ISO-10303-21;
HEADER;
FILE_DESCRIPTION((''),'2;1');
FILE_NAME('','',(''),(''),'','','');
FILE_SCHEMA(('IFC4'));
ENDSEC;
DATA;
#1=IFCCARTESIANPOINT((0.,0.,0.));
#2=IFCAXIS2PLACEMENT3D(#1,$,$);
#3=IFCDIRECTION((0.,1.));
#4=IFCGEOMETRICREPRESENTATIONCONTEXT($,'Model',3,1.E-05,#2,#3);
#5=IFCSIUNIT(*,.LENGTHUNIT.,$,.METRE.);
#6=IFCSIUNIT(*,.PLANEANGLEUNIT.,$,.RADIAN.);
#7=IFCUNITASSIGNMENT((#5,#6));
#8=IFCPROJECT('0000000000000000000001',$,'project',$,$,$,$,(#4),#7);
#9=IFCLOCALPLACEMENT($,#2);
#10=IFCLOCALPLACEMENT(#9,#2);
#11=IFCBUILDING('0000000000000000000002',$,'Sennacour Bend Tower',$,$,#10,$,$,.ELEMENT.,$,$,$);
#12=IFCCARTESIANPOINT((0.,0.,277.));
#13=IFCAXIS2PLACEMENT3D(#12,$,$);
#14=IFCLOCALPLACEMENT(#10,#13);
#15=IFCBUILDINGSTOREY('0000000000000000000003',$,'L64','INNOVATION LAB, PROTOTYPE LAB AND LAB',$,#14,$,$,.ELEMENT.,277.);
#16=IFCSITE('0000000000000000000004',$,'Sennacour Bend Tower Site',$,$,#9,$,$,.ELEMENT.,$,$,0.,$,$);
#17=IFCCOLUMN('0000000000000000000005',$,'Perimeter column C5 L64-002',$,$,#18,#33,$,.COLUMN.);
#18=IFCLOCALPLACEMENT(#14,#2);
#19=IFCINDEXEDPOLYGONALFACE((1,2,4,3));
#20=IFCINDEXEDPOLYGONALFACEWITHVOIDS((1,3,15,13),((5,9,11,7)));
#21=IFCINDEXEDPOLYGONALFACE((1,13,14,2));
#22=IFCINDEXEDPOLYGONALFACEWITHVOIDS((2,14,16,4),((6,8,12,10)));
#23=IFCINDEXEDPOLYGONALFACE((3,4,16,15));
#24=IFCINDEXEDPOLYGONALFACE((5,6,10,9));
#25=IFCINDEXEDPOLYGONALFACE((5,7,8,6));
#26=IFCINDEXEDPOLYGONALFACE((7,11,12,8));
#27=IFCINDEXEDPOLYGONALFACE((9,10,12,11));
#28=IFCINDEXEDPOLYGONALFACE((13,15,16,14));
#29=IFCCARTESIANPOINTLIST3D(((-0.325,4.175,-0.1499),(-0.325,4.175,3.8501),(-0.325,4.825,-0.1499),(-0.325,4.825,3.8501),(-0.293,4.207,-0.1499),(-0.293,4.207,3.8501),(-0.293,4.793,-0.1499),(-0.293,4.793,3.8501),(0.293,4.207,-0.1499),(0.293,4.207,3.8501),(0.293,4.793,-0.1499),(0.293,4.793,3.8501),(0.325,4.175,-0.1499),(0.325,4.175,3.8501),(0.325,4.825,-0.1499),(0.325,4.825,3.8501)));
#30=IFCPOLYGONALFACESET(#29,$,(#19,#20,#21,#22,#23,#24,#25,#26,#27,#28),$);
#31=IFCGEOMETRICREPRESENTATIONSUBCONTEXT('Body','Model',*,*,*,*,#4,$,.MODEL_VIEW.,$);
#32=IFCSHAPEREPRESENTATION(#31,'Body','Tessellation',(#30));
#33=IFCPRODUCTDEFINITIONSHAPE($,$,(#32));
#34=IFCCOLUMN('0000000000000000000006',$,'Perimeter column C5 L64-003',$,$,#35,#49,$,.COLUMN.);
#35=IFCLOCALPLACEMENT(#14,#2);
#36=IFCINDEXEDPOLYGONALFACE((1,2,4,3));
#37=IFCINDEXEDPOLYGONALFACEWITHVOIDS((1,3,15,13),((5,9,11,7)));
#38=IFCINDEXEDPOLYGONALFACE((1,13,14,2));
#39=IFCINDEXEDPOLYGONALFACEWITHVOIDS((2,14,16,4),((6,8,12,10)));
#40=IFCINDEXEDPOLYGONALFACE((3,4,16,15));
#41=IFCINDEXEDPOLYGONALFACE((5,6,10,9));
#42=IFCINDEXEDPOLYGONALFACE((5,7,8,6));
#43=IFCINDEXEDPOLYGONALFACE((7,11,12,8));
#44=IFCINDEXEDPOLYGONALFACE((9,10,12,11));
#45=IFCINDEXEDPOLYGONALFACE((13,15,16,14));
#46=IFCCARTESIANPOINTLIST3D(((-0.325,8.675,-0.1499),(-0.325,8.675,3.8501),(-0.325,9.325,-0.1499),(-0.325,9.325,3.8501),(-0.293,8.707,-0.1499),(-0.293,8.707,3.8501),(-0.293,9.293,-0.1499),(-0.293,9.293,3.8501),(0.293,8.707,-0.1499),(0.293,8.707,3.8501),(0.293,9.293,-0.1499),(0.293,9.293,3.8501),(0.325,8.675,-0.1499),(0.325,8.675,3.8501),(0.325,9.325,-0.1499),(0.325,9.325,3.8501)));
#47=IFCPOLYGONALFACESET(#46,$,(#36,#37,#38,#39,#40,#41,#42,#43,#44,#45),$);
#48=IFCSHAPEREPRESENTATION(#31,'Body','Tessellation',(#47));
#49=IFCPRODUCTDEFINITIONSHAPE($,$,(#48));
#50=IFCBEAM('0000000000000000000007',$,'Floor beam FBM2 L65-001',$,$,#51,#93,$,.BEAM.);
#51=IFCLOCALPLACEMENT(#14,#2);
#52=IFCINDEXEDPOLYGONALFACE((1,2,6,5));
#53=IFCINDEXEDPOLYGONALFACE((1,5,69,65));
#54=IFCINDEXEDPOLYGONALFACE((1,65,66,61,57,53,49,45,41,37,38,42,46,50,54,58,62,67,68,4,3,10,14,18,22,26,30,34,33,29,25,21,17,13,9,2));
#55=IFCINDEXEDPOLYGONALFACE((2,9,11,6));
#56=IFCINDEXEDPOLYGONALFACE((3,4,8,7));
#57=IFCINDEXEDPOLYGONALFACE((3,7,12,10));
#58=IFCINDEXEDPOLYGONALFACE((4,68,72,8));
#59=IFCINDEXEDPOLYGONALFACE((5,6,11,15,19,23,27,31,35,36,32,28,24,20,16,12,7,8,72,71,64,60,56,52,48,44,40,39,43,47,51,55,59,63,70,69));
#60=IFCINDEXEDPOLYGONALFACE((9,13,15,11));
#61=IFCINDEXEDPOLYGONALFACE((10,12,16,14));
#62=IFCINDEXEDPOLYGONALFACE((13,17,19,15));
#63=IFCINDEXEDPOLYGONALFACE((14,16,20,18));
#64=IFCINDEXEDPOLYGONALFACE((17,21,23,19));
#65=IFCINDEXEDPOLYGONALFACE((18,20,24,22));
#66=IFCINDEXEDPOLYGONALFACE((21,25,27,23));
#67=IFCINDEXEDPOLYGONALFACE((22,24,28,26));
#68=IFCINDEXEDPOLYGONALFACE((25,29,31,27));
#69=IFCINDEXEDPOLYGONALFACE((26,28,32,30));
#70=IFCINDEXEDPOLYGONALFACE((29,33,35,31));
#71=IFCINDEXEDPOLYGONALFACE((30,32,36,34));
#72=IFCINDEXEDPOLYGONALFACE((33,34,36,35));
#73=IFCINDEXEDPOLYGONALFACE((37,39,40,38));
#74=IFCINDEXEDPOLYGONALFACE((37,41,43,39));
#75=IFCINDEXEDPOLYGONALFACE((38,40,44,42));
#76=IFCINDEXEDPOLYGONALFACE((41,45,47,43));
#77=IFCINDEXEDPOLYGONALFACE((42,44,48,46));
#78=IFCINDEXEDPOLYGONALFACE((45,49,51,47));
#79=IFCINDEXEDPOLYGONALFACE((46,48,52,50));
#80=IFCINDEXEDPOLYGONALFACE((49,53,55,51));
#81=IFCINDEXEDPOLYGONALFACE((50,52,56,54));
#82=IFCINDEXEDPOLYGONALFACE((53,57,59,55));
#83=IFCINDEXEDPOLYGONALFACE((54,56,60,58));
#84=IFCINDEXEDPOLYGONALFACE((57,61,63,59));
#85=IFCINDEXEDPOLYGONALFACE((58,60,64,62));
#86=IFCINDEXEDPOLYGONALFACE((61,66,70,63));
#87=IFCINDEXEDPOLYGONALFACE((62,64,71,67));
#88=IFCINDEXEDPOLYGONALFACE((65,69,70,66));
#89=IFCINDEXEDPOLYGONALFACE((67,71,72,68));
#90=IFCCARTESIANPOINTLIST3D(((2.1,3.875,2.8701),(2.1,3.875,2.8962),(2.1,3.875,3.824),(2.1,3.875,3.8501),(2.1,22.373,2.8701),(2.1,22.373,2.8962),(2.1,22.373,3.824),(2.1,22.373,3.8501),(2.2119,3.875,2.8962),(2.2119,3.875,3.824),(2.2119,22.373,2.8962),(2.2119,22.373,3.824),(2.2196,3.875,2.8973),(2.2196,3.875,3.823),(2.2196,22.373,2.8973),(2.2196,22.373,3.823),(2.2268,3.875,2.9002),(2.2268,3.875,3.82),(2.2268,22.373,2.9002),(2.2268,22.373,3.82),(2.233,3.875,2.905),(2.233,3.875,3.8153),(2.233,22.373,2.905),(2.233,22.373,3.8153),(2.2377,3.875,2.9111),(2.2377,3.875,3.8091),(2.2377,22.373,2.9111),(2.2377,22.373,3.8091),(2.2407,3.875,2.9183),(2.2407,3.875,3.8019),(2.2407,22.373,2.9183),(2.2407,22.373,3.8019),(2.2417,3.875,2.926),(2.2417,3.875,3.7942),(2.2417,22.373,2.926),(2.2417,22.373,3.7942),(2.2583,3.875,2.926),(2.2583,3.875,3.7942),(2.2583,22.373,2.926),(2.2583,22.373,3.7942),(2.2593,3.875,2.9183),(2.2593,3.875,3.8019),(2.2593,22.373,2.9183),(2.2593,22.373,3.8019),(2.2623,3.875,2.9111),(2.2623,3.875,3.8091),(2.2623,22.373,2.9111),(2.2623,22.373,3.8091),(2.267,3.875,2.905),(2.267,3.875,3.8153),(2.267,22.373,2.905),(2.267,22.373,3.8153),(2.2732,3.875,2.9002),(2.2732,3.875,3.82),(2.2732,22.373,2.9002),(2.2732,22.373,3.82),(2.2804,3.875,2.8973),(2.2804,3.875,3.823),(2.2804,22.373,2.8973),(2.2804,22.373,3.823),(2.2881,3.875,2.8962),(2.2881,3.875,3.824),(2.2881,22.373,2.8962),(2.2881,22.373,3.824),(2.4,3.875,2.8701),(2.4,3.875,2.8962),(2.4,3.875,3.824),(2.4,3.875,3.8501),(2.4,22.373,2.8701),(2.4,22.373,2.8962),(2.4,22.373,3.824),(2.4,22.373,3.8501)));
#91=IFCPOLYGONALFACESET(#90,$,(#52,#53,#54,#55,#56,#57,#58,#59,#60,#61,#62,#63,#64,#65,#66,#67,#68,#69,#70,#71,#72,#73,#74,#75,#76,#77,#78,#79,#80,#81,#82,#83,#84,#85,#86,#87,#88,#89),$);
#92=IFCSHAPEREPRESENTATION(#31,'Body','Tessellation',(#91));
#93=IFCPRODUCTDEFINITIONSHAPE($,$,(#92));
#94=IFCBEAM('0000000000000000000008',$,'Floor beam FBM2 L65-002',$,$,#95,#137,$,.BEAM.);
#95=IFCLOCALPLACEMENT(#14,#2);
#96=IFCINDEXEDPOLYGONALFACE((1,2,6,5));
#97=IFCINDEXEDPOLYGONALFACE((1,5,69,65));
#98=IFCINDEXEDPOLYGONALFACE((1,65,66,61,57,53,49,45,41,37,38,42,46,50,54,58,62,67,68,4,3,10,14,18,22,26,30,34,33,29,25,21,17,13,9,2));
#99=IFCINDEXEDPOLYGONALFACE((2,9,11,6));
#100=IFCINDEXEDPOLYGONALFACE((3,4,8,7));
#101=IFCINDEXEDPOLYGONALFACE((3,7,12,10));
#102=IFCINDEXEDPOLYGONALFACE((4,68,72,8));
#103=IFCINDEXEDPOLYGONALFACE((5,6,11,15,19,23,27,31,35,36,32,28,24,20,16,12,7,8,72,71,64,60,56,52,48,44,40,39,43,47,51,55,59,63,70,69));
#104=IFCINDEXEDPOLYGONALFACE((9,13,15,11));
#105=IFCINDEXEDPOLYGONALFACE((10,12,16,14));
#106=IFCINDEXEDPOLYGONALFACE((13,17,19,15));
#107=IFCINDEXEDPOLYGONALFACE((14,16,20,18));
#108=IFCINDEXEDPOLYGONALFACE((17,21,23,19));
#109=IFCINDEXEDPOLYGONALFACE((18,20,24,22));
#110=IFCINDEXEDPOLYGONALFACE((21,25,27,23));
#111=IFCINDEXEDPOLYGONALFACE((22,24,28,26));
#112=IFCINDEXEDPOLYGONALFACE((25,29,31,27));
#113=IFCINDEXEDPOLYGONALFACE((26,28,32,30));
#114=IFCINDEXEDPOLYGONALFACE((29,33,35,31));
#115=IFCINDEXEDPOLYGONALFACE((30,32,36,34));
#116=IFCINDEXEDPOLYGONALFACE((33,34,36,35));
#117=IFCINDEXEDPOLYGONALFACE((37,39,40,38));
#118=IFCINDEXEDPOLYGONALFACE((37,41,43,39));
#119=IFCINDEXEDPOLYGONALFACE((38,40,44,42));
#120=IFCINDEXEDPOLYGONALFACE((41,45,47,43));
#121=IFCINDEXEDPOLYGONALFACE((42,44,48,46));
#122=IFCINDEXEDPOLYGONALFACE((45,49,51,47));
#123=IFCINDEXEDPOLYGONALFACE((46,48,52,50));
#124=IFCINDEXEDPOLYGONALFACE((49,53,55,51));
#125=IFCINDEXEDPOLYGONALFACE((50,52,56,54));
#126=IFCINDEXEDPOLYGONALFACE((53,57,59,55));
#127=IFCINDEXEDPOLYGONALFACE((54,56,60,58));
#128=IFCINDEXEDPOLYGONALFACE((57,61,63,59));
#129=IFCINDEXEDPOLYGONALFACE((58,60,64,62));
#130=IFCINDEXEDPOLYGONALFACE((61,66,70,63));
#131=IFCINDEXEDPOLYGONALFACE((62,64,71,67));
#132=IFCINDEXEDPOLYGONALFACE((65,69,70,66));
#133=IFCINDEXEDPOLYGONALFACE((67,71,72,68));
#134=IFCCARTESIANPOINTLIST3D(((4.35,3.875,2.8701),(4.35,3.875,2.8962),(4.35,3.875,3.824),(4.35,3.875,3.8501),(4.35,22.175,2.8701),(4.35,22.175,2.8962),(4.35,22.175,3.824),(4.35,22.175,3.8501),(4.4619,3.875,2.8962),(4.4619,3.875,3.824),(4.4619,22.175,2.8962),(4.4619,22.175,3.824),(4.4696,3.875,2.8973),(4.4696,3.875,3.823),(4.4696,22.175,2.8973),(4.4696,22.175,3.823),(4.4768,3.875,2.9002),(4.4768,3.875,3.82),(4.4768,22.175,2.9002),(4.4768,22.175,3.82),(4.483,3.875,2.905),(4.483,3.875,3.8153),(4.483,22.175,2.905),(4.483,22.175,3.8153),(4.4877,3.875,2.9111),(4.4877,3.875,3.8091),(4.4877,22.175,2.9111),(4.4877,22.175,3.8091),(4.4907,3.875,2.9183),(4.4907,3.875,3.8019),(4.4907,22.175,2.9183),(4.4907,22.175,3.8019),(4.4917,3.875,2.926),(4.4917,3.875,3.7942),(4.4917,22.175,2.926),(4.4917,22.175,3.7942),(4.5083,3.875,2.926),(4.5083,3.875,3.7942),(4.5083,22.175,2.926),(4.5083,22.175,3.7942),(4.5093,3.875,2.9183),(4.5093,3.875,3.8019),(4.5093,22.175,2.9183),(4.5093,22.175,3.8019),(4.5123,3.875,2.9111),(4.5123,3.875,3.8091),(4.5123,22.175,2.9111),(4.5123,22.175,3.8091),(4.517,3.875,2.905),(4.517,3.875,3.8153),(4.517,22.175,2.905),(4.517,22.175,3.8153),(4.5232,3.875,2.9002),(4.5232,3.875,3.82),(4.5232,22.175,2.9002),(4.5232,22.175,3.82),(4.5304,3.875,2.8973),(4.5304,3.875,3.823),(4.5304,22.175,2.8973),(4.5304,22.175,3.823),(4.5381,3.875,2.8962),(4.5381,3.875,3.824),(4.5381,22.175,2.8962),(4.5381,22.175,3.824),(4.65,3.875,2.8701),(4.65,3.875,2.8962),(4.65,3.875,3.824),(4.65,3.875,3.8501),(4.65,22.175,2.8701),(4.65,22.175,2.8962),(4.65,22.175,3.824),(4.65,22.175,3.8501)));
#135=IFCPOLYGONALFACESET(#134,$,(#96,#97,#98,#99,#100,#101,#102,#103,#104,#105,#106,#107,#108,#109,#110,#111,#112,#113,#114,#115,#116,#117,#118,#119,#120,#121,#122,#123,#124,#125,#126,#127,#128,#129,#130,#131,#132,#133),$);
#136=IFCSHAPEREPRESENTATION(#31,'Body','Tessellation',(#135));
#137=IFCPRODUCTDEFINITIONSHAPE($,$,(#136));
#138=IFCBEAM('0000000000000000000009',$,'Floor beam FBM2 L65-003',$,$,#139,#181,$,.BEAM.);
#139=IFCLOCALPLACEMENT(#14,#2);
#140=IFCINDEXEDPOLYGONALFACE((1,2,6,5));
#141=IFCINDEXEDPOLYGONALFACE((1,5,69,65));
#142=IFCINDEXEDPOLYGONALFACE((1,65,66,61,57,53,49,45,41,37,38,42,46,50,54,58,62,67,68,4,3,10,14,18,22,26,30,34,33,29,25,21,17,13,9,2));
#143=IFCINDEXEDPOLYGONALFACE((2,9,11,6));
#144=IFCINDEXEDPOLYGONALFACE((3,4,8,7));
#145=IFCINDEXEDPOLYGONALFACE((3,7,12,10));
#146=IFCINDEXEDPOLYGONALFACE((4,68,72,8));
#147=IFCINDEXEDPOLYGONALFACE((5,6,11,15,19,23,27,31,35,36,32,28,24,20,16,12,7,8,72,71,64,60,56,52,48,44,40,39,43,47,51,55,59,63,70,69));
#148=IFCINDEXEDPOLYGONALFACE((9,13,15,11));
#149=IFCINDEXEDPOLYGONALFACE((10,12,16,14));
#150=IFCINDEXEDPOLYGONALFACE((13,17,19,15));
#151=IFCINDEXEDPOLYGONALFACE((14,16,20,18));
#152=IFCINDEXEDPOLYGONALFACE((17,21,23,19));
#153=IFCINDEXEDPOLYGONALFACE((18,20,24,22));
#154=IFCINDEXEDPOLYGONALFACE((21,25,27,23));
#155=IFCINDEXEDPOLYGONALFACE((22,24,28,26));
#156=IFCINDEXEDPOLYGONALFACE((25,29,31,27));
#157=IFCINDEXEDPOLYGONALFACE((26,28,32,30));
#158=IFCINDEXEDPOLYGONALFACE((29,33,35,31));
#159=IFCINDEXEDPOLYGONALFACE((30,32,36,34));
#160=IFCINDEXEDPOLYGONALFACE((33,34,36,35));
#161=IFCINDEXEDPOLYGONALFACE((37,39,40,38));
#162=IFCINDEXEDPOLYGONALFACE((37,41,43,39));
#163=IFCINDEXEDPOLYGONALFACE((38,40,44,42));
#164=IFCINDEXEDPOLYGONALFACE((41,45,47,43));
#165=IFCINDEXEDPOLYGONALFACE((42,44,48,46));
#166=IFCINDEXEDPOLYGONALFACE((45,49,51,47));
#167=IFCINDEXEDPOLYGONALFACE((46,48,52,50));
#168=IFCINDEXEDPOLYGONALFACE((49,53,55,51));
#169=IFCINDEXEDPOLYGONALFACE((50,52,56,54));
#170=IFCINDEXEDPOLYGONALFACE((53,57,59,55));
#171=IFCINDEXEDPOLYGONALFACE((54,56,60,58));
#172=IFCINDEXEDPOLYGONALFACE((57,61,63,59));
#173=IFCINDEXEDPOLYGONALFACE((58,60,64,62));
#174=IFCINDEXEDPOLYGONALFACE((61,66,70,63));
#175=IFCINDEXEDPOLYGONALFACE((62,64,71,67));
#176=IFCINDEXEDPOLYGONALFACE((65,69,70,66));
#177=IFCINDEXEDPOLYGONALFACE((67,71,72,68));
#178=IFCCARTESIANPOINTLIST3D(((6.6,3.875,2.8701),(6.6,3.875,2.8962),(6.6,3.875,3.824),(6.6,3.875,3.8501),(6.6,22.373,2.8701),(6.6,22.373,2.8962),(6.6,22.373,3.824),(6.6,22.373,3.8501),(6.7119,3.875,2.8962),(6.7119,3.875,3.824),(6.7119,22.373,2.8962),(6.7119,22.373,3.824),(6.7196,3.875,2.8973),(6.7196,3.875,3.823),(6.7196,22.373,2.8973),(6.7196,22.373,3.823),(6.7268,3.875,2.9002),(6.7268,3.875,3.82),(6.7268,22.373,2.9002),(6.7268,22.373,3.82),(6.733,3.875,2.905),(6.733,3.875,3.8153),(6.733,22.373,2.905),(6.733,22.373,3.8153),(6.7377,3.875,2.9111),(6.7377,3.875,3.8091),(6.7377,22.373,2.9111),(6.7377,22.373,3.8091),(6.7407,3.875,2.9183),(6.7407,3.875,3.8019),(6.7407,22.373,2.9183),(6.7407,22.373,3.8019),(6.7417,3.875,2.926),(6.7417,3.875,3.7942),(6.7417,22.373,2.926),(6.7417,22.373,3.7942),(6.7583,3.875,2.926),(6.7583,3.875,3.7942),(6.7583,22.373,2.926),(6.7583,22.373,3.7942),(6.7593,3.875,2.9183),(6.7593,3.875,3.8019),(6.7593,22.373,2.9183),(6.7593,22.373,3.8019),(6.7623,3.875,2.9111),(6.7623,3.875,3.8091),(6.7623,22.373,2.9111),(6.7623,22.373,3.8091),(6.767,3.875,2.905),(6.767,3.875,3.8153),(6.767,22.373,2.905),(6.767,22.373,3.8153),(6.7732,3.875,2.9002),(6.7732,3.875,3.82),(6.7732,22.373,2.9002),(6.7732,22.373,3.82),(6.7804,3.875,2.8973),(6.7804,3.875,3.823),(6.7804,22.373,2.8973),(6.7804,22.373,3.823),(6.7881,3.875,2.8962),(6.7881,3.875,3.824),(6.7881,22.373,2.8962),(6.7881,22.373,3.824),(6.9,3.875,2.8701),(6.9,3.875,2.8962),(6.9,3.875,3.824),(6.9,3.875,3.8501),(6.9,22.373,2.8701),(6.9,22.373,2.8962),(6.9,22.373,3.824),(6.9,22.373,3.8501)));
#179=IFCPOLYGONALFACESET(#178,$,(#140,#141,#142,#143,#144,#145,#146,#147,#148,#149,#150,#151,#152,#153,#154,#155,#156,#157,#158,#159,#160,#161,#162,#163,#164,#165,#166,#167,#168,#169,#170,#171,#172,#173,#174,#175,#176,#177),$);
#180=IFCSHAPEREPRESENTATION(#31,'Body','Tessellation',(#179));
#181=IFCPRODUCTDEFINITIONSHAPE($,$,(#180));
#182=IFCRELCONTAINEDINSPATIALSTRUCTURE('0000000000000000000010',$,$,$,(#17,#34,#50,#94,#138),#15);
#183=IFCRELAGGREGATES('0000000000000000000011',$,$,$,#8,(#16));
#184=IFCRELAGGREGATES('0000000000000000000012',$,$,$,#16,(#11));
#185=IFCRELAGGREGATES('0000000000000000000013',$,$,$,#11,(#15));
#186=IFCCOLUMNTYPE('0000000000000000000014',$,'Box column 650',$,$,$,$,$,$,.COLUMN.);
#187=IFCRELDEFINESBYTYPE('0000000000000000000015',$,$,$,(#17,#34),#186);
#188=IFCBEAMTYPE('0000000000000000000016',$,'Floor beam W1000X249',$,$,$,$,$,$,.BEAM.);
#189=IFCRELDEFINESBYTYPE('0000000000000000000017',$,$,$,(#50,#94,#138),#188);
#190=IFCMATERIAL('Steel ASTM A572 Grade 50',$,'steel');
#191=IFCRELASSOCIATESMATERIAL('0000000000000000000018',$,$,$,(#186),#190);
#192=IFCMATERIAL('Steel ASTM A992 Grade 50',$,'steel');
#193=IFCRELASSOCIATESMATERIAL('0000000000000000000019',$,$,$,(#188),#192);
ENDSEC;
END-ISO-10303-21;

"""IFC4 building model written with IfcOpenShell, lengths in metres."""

from ifc_helpers import new_model, si_unit, direction, frame, origin, origin_2d, place, context, subcontext, project, spatial, hollow_rectangle, i_section, extrude, material, material_profile, profile_set, type_object, element, save


model = new_model("IFC4")

# Units and contexts
model_context = context("Model", 3, precision=1e-05, world=origin(), true_north=direction((0.0, 1.0)))
body_context = subcontext(model_context, "Body", "Model", "MODEL_VIEW")
ifc_project = project(units=[si_unit("LENGTHUNIT", "METRE"), si_unit("PLANEANGLEUNIT", "RADIAN")], contexts=[model_context])

# Site, building, storey
site_placement = place(None, origin())
site = spatial("IfcSite", under=ifc_project, at=site_placement, Name="Sennacour Bend Tower Site", CompositionType="ELEMENT", RefElevation=0.0)
building_placement = place(site_placement, origin())
building = spatial("IfcBuilding", under=site, at=building_placement, Name="Sennacour Bend Tower", CompositionType="ELEMENT")
storey_placement = place(building_placement, frame((0.0, 0.0, 277.0)))
storey = spatial("IfcBuildingStorey", under=building, at=storey_placement, Name="L64", Description="INNOVATION LAB, PROTOTYPE LAB AND LAB", CompositionType="ELEMENT", Elevation=277.0)

# Columns
ifc_material_1 = material(Name="Steel ASTM A572 Grade 50", Category="steel")
ifc_material_profile_1 = material_profile(ifc_material_1, hollow_rectangle(XDim=0.6499, YDim=0.6499, WallThickness=0.032, at=origin_2d()), Name="Steel ASTM A572 Grade 50", Category="steel")
ifc_profile_set_1 = profile_set([ifc_material_profile_1], Name="Steel ASTM A572 Grade 50")
column_type = type_object("IfcColumnType", Name="Box column 650", PredefinedType="COLUMN", material=ifc_profile_set_1)
for number, where, z_axis, x_axis, name in (
    (1, (0.0, 4.5, -0.1499), (0.0, 0.0, 1.0), (1.0, 0.0, 0.0), "Perimeter column C5 L64-002"),
    (2, (0.0, 9.0, -0.1499), (0.0, 0.0, 1.0), (1.0, 0.0, 0.0), "Perimeter column C5 L64-003"),
):
    element("IfcColumn", number, at=place(storey_placement, frame(where, z_axis=z_axis, x_axis=x_axis)), inside=storey, type_object=column_type, Name=name, PredefinedType="COLUMN", context=body_context, shape_type="SweptSolid", body=[
        extrude(hollow_rectangle(XDim=0.6499, YDim=0.6499, WallThickness=0.032, at=origin_2d()), origin(), (0.0, 0.0, 1.0), 4.0),
    ])

# Beams
ifc_material_2 = material(Name="Steel ASTM A992 Grade 50", Category="steel")
ifc_material_profile_2 = material_profile(ifc_material_2, i_section(OverallWidth=0.3, OverallDepth=0.98, WebThickness=0.0166, FlangeThickness=0.0261, FilletRadius=0.0298, at=origin_2d()), Name="Steel ASTM A992 Grade 50", Category="steel")
ifc_profile_set_2 = profile_set([ifc_material_profile_2], Name="Steel ASTM A992 Grade 50")
beam_type_1 = type_object("IfcBeamType", Name="Floor beam W1000X249", PredefinedType="BEAM", material=ifc_profile_set_2)
beam_1_placement = place(storey_placement, frame((2.25, 3.875, 3.3601), z_axis=(0.0, 1.0, 0.0), x_axis=(-1.0, 0.0, 0.0)))
element("IfcBeam", 3, at=beam_1_placement, inside=storey, type_object=beam_type_1, Name="Floor beam FBM2 L65-001", PredefinedType="BEAM", context=body_context, shape_type="SweptSolid", body=[
    extrude(i_section(OverallWidth=0.3, OverallDepth=0.98, WebThickness=0.0166, FlangeThickness=0.0261, FilletRadius=0.0298, at=origin_2d()), origin(), (0.0, 0.0, 1.0), 18.498),
])
beam_2_placement = place(storey_placement, frame((4.5, 3.875, 3.3601), z_axis=(0.0, 1.0, 0.0), x_axis=(-1.0, 0.0, 0.0)))
element("IfcBeam", 4, at=beam_2_placement, inside=storey, type_object=beam_type_1, Name="Floor beam FBM2 L65-002", PredefinedType="BEAM", context=body_context, shape_type="SweptSolid", body=[
    extrude(i_section(OverallWidth=0.3, OverallDepth=0.98, WebThickness=0.0166, FlangeThickness=0.0261, FilletRadius=0.0298, at=origin_2d()), origin(), (0.0, 0.0, 1.0), 18.3),
])
beam_3_placement = place(storey_placement, frame((6.75, 3.875, 3.3601), z_axis=(0.0, 1.0, 0.0), x_axis=(-1.0, 0.0, 0.0)))
element("IfcBeam", 5, at=beam_3_placement, inside=storey, type_object=beam_type_1, Name="Floor beam FBM2 L65-003", PredefinedType="BEAM", context=body_context, shape_type="SweptSolid", body=[
    extrude(i_section(OverallWidth=0.3, OverallDepth=0.98, WebThickness=0.0166, FlangeThickness=0.0261, FilletRadius=0.0298, at=origin_2d()), origin(), (0.0, 0.0, 1.0), 18.498),
])

save(model, "model.ifc")
